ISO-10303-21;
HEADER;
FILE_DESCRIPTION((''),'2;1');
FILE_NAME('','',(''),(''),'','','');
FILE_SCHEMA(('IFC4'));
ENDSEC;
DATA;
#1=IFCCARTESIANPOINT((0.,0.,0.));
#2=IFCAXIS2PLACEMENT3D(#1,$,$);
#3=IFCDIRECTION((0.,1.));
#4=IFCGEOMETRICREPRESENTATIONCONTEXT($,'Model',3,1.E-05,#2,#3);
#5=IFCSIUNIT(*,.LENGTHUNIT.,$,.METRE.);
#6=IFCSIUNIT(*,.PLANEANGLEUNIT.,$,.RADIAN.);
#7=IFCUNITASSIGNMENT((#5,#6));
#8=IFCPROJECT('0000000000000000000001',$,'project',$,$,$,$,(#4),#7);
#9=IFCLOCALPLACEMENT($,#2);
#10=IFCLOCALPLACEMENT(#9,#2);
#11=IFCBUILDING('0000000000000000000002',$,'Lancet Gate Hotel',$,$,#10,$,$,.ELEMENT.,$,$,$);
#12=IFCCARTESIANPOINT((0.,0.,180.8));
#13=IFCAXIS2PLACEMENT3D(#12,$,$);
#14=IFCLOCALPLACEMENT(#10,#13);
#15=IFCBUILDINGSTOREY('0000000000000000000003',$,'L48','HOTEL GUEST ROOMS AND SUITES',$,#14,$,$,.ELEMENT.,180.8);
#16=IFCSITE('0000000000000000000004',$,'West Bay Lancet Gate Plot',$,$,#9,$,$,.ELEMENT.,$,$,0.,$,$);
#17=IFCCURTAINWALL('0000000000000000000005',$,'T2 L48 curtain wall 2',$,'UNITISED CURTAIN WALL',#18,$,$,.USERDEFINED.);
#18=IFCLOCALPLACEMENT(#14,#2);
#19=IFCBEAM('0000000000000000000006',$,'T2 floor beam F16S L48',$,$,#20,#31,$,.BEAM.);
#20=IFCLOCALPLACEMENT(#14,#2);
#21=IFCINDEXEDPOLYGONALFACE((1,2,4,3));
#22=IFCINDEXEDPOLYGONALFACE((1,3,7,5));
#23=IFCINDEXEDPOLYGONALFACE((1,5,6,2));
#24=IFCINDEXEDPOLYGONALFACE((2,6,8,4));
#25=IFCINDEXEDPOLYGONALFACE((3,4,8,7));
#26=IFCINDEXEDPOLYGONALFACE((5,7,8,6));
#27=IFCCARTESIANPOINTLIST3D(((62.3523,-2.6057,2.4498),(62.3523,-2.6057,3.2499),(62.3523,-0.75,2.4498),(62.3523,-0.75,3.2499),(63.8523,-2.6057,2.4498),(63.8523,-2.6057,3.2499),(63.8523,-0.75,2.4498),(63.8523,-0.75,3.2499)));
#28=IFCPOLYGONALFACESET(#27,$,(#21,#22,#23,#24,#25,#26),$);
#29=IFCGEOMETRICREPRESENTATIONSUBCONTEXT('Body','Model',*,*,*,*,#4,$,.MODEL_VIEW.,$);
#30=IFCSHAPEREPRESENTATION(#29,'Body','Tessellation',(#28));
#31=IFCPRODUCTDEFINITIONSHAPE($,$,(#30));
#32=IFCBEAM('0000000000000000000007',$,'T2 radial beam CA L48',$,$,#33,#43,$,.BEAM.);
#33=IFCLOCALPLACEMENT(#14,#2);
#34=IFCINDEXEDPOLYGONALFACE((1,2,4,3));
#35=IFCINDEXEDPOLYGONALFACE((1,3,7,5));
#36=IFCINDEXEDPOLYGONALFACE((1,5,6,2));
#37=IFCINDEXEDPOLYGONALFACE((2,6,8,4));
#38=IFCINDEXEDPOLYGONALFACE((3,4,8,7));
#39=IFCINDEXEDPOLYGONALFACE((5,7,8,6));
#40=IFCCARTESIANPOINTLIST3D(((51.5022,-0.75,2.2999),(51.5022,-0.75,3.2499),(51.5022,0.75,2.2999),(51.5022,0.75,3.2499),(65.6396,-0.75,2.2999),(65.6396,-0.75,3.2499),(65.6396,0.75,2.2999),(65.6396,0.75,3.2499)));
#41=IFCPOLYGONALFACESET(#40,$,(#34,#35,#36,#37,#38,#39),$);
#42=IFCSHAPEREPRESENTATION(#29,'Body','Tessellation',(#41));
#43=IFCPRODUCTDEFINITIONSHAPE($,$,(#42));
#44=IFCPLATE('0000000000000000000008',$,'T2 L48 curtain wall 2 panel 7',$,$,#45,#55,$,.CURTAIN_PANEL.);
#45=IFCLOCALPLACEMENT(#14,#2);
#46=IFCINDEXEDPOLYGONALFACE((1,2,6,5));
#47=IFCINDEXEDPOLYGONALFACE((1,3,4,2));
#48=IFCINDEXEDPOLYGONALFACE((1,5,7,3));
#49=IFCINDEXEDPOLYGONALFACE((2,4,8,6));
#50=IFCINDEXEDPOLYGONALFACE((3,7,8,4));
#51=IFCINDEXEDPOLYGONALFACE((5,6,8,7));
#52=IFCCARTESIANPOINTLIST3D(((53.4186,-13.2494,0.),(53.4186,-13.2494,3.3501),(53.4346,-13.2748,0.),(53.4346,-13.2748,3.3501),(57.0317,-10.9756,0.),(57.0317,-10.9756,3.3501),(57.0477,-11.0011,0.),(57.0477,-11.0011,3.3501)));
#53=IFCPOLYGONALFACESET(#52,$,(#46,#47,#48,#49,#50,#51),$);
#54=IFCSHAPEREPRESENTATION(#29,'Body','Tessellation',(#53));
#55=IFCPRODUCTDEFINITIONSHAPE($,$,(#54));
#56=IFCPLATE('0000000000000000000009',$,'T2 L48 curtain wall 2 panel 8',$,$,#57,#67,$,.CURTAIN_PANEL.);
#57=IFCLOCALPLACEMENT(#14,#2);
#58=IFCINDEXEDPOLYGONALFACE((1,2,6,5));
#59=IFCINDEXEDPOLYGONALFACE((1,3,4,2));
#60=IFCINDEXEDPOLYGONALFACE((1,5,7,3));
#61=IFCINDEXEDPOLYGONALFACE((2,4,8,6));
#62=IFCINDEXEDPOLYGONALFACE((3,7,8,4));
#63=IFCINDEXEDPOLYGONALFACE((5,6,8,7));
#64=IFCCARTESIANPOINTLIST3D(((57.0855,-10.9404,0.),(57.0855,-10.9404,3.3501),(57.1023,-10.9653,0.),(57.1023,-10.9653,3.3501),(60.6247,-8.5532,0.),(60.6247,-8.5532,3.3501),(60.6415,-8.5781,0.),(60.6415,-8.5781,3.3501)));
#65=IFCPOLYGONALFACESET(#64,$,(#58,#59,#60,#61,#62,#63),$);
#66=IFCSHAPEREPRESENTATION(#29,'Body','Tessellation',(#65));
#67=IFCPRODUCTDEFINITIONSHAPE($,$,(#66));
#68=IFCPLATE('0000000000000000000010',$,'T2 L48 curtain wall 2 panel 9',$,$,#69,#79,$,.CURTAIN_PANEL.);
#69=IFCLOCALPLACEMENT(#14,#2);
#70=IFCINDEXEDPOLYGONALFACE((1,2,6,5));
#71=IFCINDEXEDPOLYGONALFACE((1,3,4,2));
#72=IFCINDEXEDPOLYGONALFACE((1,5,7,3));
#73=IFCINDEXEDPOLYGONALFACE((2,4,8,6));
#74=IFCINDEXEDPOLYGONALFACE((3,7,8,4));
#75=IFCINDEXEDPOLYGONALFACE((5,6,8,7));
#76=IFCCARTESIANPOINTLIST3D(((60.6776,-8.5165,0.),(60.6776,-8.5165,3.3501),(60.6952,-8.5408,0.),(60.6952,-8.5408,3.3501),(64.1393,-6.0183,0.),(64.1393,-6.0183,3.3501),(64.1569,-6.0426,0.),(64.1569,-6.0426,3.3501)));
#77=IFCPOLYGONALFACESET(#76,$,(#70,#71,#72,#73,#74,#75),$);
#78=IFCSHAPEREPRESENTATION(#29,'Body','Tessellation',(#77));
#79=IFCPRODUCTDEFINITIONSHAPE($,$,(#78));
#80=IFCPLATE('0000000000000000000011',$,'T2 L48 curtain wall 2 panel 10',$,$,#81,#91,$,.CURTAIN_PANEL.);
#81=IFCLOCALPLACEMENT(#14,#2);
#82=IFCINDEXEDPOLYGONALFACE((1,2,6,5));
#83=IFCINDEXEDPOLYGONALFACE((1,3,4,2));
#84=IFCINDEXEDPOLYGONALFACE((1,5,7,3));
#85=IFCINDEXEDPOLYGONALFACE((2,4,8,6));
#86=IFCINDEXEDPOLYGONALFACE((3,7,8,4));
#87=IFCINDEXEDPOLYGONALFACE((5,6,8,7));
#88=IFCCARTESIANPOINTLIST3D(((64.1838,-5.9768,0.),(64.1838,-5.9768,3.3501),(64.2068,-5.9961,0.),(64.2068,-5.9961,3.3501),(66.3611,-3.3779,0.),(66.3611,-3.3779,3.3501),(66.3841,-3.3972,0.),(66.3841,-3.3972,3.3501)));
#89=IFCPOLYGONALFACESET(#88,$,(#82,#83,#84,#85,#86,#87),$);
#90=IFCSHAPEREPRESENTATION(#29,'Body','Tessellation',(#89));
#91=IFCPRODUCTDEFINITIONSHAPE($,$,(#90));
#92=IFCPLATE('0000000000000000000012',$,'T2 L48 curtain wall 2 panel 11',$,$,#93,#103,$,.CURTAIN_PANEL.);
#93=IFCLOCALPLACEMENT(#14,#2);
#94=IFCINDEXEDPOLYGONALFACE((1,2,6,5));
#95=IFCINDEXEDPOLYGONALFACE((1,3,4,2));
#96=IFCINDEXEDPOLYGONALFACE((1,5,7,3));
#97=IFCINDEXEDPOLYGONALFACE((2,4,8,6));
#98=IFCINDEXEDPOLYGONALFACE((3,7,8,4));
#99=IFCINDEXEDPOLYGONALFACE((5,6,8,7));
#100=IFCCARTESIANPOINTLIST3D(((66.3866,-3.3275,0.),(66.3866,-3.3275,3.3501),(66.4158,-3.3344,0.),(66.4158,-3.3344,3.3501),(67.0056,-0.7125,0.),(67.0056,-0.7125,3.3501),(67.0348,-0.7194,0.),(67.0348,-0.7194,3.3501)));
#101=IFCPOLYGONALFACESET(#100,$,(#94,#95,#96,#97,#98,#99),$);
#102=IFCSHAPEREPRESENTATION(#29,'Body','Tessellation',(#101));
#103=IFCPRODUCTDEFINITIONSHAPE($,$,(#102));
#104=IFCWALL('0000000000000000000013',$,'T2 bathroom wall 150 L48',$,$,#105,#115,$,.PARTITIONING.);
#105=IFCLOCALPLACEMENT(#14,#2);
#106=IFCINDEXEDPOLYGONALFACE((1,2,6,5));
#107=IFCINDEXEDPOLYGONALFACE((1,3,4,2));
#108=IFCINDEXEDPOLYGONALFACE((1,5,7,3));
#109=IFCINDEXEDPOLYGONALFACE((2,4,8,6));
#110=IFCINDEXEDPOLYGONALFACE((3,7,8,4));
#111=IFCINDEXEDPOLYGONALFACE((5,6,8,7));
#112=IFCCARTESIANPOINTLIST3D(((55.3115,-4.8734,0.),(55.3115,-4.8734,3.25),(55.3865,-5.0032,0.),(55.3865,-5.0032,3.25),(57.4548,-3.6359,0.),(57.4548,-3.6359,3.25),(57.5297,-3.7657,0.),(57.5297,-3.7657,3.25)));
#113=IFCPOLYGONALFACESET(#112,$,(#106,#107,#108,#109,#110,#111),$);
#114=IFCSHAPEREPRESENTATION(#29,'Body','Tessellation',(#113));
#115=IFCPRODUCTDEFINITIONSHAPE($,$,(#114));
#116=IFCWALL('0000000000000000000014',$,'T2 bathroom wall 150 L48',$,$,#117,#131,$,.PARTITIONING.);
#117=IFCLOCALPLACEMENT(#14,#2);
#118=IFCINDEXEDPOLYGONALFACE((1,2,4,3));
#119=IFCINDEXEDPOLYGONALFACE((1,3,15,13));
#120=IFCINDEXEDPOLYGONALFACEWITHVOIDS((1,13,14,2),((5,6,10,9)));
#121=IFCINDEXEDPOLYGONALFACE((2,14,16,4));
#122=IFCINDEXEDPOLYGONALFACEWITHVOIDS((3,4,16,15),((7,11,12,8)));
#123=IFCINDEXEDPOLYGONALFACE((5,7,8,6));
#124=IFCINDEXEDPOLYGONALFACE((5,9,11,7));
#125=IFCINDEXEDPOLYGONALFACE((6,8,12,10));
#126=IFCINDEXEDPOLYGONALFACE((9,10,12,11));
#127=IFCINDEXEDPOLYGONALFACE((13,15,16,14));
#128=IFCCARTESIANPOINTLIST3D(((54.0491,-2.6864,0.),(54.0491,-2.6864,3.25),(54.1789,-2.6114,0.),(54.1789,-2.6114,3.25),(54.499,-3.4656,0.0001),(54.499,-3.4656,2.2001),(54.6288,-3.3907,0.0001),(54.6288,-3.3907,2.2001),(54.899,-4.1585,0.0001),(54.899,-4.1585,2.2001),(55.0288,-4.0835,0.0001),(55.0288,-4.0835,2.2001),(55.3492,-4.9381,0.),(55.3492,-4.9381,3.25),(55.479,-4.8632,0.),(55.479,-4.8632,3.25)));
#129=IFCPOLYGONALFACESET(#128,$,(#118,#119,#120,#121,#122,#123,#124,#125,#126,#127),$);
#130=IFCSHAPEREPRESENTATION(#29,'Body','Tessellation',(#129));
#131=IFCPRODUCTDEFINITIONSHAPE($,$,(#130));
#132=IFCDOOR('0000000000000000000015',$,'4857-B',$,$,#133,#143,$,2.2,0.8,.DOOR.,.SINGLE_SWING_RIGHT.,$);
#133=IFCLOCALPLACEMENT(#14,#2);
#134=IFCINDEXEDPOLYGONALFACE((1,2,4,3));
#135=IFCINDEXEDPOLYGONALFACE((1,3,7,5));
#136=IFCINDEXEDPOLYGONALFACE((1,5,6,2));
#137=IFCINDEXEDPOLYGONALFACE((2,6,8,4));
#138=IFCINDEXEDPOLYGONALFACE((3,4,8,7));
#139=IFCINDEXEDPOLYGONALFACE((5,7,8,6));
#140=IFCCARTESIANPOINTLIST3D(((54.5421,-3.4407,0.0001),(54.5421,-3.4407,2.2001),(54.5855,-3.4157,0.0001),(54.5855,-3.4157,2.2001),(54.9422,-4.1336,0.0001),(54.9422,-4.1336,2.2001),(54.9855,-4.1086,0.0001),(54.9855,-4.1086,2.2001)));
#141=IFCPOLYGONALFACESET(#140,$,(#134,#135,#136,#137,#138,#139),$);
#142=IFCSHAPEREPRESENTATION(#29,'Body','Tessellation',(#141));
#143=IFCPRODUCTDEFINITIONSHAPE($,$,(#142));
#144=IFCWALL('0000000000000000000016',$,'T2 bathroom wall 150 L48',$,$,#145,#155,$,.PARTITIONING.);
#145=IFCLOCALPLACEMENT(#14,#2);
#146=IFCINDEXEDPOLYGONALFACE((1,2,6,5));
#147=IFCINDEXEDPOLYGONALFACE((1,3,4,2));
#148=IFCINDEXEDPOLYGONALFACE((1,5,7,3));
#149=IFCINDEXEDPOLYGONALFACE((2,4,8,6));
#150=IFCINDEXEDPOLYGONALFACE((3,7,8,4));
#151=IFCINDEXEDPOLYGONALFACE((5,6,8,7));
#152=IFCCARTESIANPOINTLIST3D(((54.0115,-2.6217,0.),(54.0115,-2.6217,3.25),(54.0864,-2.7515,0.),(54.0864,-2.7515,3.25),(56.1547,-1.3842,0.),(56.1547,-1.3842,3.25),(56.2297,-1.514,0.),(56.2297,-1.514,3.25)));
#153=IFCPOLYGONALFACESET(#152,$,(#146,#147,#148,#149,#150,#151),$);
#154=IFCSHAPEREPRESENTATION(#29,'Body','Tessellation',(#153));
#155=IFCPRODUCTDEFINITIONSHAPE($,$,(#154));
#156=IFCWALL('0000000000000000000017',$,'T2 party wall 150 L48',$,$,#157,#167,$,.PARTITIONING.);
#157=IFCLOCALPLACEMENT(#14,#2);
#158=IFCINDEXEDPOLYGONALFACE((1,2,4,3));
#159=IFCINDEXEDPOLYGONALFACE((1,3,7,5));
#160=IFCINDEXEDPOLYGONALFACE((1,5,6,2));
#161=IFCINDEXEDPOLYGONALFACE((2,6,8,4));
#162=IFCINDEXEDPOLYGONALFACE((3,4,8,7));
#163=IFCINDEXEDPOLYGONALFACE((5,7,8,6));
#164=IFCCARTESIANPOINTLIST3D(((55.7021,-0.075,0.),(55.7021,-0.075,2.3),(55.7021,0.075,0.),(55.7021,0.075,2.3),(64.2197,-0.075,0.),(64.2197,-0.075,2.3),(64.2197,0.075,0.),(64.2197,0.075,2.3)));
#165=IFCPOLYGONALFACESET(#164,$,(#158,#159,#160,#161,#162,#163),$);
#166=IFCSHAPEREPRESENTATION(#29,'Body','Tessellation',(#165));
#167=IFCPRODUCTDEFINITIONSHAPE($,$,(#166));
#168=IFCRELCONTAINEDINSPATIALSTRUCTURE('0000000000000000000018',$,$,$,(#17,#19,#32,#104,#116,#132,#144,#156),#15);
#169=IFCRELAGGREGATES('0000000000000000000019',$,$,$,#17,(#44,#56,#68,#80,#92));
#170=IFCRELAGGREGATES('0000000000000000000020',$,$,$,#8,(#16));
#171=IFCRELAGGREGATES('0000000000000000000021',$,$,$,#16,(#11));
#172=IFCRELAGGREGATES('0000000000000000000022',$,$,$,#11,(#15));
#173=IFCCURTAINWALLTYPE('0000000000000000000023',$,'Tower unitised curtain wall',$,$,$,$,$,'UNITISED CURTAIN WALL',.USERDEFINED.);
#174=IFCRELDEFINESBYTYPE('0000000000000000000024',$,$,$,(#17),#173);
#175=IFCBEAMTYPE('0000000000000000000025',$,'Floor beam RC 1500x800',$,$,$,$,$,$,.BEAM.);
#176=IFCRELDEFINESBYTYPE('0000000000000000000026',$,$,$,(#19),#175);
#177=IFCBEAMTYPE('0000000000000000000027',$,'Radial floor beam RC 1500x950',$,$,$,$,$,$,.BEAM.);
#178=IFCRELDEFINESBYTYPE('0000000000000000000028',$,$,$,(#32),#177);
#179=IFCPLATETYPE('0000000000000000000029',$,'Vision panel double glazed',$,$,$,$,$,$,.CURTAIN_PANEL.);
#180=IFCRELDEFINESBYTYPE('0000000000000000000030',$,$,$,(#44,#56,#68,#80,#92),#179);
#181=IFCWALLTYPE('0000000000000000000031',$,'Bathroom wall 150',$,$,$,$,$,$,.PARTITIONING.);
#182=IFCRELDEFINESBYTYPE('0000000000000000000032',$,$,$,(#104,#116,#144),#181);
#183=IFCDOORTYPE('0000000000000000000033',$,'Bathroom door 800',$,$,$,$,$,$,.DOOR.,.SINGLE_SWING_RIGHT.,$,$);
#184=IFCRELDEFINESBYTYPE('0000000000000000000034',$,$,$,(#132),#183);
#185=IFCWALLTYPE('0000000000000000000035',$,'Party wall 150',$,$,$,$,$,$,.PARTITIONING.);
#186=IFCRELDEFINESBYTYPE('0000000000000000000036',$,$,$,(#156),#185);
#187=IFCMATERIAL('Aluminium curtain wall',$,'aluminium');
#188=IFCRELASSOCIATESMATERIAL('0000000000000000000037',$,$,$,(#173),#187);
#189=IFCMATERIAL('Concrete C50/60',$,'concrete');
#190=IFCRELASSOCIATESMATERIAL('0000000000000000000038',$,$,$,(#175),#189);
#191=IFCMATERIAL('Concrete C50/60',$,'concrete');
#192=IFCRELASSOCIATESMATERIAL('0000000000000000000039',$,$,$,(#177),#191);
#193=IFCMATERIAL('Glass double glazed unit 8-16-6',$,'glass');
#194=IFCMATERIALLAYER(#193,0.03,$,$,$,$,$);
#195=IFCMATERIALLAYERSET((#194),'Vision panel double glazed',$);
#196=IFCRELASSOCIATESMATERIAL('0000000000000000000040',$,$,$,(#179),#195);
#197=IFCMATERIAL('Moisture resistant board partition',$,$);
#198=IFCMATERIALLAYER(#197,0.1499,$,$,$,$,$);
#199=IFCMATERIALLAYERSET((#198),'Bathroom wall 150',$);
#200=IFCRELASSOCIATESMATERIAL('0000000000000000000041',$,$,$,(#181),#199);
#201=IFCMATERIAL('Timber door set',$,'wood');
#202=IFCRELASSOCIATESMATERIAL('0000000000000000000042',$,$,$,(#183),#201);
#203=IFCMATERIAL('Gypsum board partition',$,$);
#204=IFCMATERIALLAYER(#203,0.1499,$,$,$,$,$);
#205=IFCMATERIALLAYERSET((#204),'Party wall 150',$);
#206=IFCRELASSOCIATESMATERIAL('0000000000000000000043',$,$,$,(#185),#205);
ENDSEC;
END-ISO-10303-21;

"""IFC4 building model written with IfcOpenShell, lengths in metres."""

from ifc_helpers import new_model, si_unit, direction, frame, frame_2d, origin, origin_2d, place, context, subcontext, project, spatial, rectangle, extrude, material, layer, layer_set, material_profile, profile_set, type_object, element, fill, aggregate, save


model = new_model("IFC4")

# Units and contexts
model_context = context("Model", 3, precision=1e-05, world=origin(), true_north=direction((0.0, 1.0)))
body_context = subcontext(model_context, "Body", "Model", "MODEL_VIEW")
ifc_project = project(units=[si_unit("LENGTHUNIT", "METRE"), si_unit("PLANEANGLEUNIT", "RADIAN")], contexts=[model_context])

# Site, building, storey
site_placement = place(None, origin())
site = spatial("IfcSite", under=ifc_project, at=site_placement, Name="West Bay Lancet Gate Plot", CompositionType="ELEMENT", RefElevation=0.0)
building_placement = place(site_placement, origin())
building = spatial("IfcBuilding", under=site, at=building_placement, Name="Lancet Gate Hotel", CompositionType="ELEMENT")
storey_placement = place(building_placement, frame((0.0, 0.0, 180.8)))
storey = spatial("IfcBuildingStorey", under=building, at=storey_placement, Name="L48", Description="HOTEL GUEST ROOMS AND SUITES", CompositionType="ELEMENT", Elevation=180.8)

# Curtain wall
ifc_material_1 = material(Name="Aluminium curtain wall", Category="aluminium")
curtain_wall_type = type_object("IfcCurtainWallType", Name="Tower unitised curtain wall", ElementType="UNITISED CURTAIN WALL", PredefinedType="USERDEFINED", material=ifc_material_1)
curtain_wall_placement = place(storey_placement, origin())
curtain_wall = element("IfcCurtainWall", 1, at=curtain_wall_placement, inside=storey, type_object=curtain_wall_type, Name="T2 L48 curtain wall 2", ObjectType="UNITISED CURTAIN WALL", PredefinedType="USERDEFINED")

# Beams
ifc_material_2 = material(Name="Concrete C50/60", Category="concrete")
ifc_material_profile_1 = material_profile(ifc_material_2, rectangle(XDim=1.5, YDim=0.8, at=origin_2d()), Name="RC 1500x800")
ifc_profile_set_1 = profile_set([ifc_material_profile_1], Name="Concrete C50/60")
beam_type_1 = type_object("IfcBeamType", Name="Floor beam RC 1500x800", PredefinedType="BEAM", material=ifc_profile_set_1)
beam_1_placement = place(storey_placement, frame((63.1023, -2.6057, 2.8499), z_axis=(0.0, 1.0, 0.0), x_axis=(-1.0, 0.0, 0.0)))
element("IfcBeam", 2, at=beam_1_placement, inside=storey, type_object=beam_type_1, Name="T2 floor beam F16S L48", PredefinedType="BEAM", context=body_context, shape_type="SweptSolid", body=[
    extrude(rectangle(XDim=1.5, YDim=0.8, at=origin_2d()), origin(), (0.0, 0.0, 1.0), 1.8557),
])
ifc_material_3 = material(Name="Concrete C50/60", Category="concrete")
ifc_material_profile_2 = material_profile(ifc_material_3, rectangle(XDim=1.5, YDim=0.95, at=origin_2d()), Name="RC 1500x950")
ifc_profile_set_2 = profile_set([ifc_material_profile_2], Name="Concrete C50/60")
beam_type_2 = type_object("IfcBeamType", Name="Radial floor beam RC 1500x950", PredefinedType="BEAM", material=ifc_profile_set_2)
beam_2_placement = place(storey_placement, frame((65.6396, 0.0, 2.7749), z_axis=(-1.0, 0.0, 0.0), x_axis=(0.0, -1.0, 0.0)))
element("IfcBeam", 3, at=beam_2_placement, inside=storey, type_object=beam_type_2, Name="T2 radial beam CA L48", PredefinedType="BEAM", context=body_context, shape_type="SweptSolid", body=[
    extrude(rectangle(XDim=1.5, YDim=0.95, at=origin_2d()), origin(), (0.0, 0.0, 1.0), 14.1375),
])

# Plates
ifc_material_4 = material(Name="Glass double glazed unit 8-16-6", Category="glass")
ifc_layer_1 = layer(ifc_material_4, 0.03)
ifc_layer_set_1 = layer_set([ifc_layer_1], Name="Vision panel double glazed")
plate_type = type_object("IfcPlateType", Name="Vision panel double glazed", PredefinedType="CURTAIN_PANEL", material=ifc_layer_set_1)
plate_1_placement = place(storey_placement, frame((55.2332, -12.1252, 0.0), z_axis=(0.0, 0.0, 1.0), x_axis=(0.846352, 0.532623, 0.0)))
plate_1 = element("IfcPlate", 4, at=plate_1_placement, type_object=plate_type, Name="T2 L48 curtain wall 2 panel 7", PredefinedType="CURTAIN_PANEL", context=body_context, shape_type="SweptSolid", body=[
    extrude(rectangle(XDim=4.269, YDim=0.03, at=origin_2d()), origin(), (0.0, 0.0, 1.0), 3.3501),
])
plate_2_placement = place(storey_placement, frame((58.8635, -9.7593, 0.0), z_axis=(0.0, 0.0, 1.0), x_axis=(0.829039, 0.559191, 0.0)))
plate_2 = element("IfcPlate", 5, at=plate_2_placement, type_object=plate_type, Name="T2 L48 curtain wall 2 panel 8", PredefinedType="CURTAIN_PANEL", context=body_context, shape_type="SweptSolid", body=[
    extrude(rectangle(XDim=4.269, YDim=0.03, at=origin_2d()), origin(), (0.0, 0.0, 1.0), 3.3501),
])
plate_3_placement = place(storey_placement, frame((62.4172, -7.2795, 0.0), z_axis=(0.0, 0.0, 1.0), x_axis=(0.810891, 0.585197, 0.0)))
plate_3 = element("IfcPlate", 6, at=plate_3_placement, type_object=plate_type, Name="T2 L48 curtain wall 2 panel 9", PredefinedType="CURTAIN_PANEL", context=body_context, shape_type="SweptSolid", body=[
    extrude(rectangle(XDim=4.269, YDim=0.03, at=origin_2d()), origin(), (0.0, 0.0, 1.0), 3.3501),
])
plate_4_placement = place(storey_placement, frame((65.2839, -4.687, 0.0), z_axis=(0.0, 0.0, 1.0), x_axis=(0.642199, 0.766538, 0.0)))
plate_4 = element("IfcPlate", 7, at=plate_4_placement, type_object=plate_type, Name="T2 L48 curtain wall 2 panel 10", PredefinedType="CURTAIN_PANEL", context=body_context, shape_type="SweptSolid", body=[
    extrude(rectangle(XDim=3.3904, YDim=0.03, at=origin_2d()), origin(), (0.0, 0.0, 1.0), 3.3501),
])
plate_5_placement = place(storey_placement, frame((66.7107, -2.0234, 0.0), z_axis=(0.0, 0.0, 1.0), x_axis=(0.230367, 0.973104, 0.0)))
plate_5 = element("IfcPlate", 8, at=plate_5_placement, type_object=plate_type, Name="T2 L48 curtain wall 2 panel 11", PredefinedType="CURTAIN_PANEL", context=body_context, shape_type="SweptSolid", body=[
    extrude(rectangle(XDim=2.6873, YDim=0.03, at=origin_2d()), origin(), (0.0, 0.0, 1.0), 3.3501),
])
aggregate(curtain_wall, [plate_1, plate_2, plate_3, plate_4, plate_5])

# Wall
ifc_material_5 = material(Name="Moisture resistant board partition")
ifc_layer_2 = layer(ifc_material_5, 0.1499)
ifc_layer_set_2 = layer_set([ifc_layer_2], Name="Bathroom wall 150")
wall_type_1 = type_object("IfcWallType", Name="Bathroom wall 150", PredefinedType="PARTITIONING", material=ifc_layer_set_2)
wall_1_placement = place(storey_placement, frame((55.3491, -4.9382, 0.0), z_axis=(0.0, 0.0, 1.0), x_axis=(0.866007, 0.500033, 0.0)))
element("IfcWall", 9, at=wall_1_placement, inside=storey, type_object=wall_type_1, Name="T2 bathroom wall 150 L48", PredefinedType="PARTITIONING", context=body_context, shape_type="SweptSolid", body=[
    extrude(rectangle(XDim=2.4749, YDim=0.1499, at=frame_2d((1.2373, 0.0))), origin(), (0.0, 0.0, 1.0), 3.25),
])

# Wall, opening, door
wall_2_placement = place(storey_placement, frame((54.114, -2.6489, 0.0), z_axis=(0.0, 0.0, 1.0), x_axis=(0.500007, -0.866021, 0.0)))
wall_2 = element("IfcWall", 10, at=wall_2_placement, inside=storey, type_object=wall_type_1, Name="T2 bathroom wall 150 L48", PredefinedType="PARTITIONING", context=body_context, shape_type="SweptSolid", body=[
    extrude(rectangle(XDim=2.6001, YDim=0.1499, at=frame_2d((1.3, 0.0))), origin(), (0.0, 0.0, 1.0), 3.25),
])
opening_placement = place(wall_2_placement, frame((0.8999, 0.0, 0.0)))
opening = element("IfcOpeningElement", 11, at=opening_placement, cuts=wall_2, PredefinedType="OPENING", context=body_context, shape_type="SweptSolid", body=[
    extrude(rectangle(XDim=0.8, YDim=2.2, at=frame_2d((0.3999, 1.1001))), frame((0.0, 0.085, 0.0), z_axis=(0.0, -1.0, 0.0), x_axis=(1.0, 0.0, 0.0)), (0.0, 0.0, 1.0), 0.1699),
])
ifc_material_6 = material(Name="Timber door set", Category="wood")
door_type = type_object("IfcDoorType", Name="Bathroom door 800", OperationType="SINGLE_SWING_RIGHT", PredefinedType="DOOR", material=ifc_material_6)
door_placement = place(opening_placement, origin())
door = element("IfcDoor", 12, at=door_placement, inside=storey, type_object=door_type, Name="4857-B", OperationType="SINGLE_SWING_RIGHT", OverallHeight=2.2, OverallWidth=0.8, PredefinedType="DOOR", context=body_context, shape_type="SweptSolid", body=[
    extrude(rectangle(XDim=0.8, YDim=2.2, at=frame_2d((0.3999, 1.1001))), frame((0.0, 0.0249, 0.0), z_axis=(0.0, -1.0, 0.0), x_axis=(1.0, 0.0, 0.0)), (0.0, 0.0, 1.0), 0.05),
])
fill(opening, door)

# Walls
wall_3_placement = place(storey_placement, frame((54.0491, -2.6865, 0.0), z_axis=(0.0, 0.0, 1.0), x_axis=(0.866007, 0.500033, 0.0)))
element("IfcWall", 13, at=wall_3_placement, inside=storey, type_object=wall_type_1, Name="T2 bathroom wall 150 L48", PredefinedType="PARTITIONING", context=body_context, shape_type="SweptSolid", body=[
    extrude(rectangle(XDim=2.4749, YDim=0.1499, at=frame_2d((1.2373, 0.0))), origin(), (0.0, 0.0, 1.0), 3.25),
])
ifc_material_7 = material(Name="Gypsum board partition")
ifc_layer_3 = layer(ifc_material_7, 0.1499)
ifc_layer_set_3 = layer_set([ifc_layer_3], Name="Party wall 150")
wall_type_2 = type_object("IfcWallType", Name="Party wall 150", PredefinedType="PARTITIONING", material=ifc_layer_set_3)
wall_4_placement = place(storey_placement, frame((55.7021, 0.0, 0.0), z_axis=(0.0, 0.0, 1.0), x_axis=(1.0, 0.0, 0.0)))
element("IfcWall", 14, at=wall_4_placement, inside=storey, type_object=wall_type_2, Name="T2 party wall 150 L48", PredefinedType="PARTITIONING", context=body_context, shape_type="SweptSolid", body=[
    extrude(rectangle(XDim=8.5176, YDim=0.1499, at=frame_2d((4.2588, 0.0))), origin(), (0.0, 0.0, 1.0), 2.3),
])

save(model, "model.ifc")
